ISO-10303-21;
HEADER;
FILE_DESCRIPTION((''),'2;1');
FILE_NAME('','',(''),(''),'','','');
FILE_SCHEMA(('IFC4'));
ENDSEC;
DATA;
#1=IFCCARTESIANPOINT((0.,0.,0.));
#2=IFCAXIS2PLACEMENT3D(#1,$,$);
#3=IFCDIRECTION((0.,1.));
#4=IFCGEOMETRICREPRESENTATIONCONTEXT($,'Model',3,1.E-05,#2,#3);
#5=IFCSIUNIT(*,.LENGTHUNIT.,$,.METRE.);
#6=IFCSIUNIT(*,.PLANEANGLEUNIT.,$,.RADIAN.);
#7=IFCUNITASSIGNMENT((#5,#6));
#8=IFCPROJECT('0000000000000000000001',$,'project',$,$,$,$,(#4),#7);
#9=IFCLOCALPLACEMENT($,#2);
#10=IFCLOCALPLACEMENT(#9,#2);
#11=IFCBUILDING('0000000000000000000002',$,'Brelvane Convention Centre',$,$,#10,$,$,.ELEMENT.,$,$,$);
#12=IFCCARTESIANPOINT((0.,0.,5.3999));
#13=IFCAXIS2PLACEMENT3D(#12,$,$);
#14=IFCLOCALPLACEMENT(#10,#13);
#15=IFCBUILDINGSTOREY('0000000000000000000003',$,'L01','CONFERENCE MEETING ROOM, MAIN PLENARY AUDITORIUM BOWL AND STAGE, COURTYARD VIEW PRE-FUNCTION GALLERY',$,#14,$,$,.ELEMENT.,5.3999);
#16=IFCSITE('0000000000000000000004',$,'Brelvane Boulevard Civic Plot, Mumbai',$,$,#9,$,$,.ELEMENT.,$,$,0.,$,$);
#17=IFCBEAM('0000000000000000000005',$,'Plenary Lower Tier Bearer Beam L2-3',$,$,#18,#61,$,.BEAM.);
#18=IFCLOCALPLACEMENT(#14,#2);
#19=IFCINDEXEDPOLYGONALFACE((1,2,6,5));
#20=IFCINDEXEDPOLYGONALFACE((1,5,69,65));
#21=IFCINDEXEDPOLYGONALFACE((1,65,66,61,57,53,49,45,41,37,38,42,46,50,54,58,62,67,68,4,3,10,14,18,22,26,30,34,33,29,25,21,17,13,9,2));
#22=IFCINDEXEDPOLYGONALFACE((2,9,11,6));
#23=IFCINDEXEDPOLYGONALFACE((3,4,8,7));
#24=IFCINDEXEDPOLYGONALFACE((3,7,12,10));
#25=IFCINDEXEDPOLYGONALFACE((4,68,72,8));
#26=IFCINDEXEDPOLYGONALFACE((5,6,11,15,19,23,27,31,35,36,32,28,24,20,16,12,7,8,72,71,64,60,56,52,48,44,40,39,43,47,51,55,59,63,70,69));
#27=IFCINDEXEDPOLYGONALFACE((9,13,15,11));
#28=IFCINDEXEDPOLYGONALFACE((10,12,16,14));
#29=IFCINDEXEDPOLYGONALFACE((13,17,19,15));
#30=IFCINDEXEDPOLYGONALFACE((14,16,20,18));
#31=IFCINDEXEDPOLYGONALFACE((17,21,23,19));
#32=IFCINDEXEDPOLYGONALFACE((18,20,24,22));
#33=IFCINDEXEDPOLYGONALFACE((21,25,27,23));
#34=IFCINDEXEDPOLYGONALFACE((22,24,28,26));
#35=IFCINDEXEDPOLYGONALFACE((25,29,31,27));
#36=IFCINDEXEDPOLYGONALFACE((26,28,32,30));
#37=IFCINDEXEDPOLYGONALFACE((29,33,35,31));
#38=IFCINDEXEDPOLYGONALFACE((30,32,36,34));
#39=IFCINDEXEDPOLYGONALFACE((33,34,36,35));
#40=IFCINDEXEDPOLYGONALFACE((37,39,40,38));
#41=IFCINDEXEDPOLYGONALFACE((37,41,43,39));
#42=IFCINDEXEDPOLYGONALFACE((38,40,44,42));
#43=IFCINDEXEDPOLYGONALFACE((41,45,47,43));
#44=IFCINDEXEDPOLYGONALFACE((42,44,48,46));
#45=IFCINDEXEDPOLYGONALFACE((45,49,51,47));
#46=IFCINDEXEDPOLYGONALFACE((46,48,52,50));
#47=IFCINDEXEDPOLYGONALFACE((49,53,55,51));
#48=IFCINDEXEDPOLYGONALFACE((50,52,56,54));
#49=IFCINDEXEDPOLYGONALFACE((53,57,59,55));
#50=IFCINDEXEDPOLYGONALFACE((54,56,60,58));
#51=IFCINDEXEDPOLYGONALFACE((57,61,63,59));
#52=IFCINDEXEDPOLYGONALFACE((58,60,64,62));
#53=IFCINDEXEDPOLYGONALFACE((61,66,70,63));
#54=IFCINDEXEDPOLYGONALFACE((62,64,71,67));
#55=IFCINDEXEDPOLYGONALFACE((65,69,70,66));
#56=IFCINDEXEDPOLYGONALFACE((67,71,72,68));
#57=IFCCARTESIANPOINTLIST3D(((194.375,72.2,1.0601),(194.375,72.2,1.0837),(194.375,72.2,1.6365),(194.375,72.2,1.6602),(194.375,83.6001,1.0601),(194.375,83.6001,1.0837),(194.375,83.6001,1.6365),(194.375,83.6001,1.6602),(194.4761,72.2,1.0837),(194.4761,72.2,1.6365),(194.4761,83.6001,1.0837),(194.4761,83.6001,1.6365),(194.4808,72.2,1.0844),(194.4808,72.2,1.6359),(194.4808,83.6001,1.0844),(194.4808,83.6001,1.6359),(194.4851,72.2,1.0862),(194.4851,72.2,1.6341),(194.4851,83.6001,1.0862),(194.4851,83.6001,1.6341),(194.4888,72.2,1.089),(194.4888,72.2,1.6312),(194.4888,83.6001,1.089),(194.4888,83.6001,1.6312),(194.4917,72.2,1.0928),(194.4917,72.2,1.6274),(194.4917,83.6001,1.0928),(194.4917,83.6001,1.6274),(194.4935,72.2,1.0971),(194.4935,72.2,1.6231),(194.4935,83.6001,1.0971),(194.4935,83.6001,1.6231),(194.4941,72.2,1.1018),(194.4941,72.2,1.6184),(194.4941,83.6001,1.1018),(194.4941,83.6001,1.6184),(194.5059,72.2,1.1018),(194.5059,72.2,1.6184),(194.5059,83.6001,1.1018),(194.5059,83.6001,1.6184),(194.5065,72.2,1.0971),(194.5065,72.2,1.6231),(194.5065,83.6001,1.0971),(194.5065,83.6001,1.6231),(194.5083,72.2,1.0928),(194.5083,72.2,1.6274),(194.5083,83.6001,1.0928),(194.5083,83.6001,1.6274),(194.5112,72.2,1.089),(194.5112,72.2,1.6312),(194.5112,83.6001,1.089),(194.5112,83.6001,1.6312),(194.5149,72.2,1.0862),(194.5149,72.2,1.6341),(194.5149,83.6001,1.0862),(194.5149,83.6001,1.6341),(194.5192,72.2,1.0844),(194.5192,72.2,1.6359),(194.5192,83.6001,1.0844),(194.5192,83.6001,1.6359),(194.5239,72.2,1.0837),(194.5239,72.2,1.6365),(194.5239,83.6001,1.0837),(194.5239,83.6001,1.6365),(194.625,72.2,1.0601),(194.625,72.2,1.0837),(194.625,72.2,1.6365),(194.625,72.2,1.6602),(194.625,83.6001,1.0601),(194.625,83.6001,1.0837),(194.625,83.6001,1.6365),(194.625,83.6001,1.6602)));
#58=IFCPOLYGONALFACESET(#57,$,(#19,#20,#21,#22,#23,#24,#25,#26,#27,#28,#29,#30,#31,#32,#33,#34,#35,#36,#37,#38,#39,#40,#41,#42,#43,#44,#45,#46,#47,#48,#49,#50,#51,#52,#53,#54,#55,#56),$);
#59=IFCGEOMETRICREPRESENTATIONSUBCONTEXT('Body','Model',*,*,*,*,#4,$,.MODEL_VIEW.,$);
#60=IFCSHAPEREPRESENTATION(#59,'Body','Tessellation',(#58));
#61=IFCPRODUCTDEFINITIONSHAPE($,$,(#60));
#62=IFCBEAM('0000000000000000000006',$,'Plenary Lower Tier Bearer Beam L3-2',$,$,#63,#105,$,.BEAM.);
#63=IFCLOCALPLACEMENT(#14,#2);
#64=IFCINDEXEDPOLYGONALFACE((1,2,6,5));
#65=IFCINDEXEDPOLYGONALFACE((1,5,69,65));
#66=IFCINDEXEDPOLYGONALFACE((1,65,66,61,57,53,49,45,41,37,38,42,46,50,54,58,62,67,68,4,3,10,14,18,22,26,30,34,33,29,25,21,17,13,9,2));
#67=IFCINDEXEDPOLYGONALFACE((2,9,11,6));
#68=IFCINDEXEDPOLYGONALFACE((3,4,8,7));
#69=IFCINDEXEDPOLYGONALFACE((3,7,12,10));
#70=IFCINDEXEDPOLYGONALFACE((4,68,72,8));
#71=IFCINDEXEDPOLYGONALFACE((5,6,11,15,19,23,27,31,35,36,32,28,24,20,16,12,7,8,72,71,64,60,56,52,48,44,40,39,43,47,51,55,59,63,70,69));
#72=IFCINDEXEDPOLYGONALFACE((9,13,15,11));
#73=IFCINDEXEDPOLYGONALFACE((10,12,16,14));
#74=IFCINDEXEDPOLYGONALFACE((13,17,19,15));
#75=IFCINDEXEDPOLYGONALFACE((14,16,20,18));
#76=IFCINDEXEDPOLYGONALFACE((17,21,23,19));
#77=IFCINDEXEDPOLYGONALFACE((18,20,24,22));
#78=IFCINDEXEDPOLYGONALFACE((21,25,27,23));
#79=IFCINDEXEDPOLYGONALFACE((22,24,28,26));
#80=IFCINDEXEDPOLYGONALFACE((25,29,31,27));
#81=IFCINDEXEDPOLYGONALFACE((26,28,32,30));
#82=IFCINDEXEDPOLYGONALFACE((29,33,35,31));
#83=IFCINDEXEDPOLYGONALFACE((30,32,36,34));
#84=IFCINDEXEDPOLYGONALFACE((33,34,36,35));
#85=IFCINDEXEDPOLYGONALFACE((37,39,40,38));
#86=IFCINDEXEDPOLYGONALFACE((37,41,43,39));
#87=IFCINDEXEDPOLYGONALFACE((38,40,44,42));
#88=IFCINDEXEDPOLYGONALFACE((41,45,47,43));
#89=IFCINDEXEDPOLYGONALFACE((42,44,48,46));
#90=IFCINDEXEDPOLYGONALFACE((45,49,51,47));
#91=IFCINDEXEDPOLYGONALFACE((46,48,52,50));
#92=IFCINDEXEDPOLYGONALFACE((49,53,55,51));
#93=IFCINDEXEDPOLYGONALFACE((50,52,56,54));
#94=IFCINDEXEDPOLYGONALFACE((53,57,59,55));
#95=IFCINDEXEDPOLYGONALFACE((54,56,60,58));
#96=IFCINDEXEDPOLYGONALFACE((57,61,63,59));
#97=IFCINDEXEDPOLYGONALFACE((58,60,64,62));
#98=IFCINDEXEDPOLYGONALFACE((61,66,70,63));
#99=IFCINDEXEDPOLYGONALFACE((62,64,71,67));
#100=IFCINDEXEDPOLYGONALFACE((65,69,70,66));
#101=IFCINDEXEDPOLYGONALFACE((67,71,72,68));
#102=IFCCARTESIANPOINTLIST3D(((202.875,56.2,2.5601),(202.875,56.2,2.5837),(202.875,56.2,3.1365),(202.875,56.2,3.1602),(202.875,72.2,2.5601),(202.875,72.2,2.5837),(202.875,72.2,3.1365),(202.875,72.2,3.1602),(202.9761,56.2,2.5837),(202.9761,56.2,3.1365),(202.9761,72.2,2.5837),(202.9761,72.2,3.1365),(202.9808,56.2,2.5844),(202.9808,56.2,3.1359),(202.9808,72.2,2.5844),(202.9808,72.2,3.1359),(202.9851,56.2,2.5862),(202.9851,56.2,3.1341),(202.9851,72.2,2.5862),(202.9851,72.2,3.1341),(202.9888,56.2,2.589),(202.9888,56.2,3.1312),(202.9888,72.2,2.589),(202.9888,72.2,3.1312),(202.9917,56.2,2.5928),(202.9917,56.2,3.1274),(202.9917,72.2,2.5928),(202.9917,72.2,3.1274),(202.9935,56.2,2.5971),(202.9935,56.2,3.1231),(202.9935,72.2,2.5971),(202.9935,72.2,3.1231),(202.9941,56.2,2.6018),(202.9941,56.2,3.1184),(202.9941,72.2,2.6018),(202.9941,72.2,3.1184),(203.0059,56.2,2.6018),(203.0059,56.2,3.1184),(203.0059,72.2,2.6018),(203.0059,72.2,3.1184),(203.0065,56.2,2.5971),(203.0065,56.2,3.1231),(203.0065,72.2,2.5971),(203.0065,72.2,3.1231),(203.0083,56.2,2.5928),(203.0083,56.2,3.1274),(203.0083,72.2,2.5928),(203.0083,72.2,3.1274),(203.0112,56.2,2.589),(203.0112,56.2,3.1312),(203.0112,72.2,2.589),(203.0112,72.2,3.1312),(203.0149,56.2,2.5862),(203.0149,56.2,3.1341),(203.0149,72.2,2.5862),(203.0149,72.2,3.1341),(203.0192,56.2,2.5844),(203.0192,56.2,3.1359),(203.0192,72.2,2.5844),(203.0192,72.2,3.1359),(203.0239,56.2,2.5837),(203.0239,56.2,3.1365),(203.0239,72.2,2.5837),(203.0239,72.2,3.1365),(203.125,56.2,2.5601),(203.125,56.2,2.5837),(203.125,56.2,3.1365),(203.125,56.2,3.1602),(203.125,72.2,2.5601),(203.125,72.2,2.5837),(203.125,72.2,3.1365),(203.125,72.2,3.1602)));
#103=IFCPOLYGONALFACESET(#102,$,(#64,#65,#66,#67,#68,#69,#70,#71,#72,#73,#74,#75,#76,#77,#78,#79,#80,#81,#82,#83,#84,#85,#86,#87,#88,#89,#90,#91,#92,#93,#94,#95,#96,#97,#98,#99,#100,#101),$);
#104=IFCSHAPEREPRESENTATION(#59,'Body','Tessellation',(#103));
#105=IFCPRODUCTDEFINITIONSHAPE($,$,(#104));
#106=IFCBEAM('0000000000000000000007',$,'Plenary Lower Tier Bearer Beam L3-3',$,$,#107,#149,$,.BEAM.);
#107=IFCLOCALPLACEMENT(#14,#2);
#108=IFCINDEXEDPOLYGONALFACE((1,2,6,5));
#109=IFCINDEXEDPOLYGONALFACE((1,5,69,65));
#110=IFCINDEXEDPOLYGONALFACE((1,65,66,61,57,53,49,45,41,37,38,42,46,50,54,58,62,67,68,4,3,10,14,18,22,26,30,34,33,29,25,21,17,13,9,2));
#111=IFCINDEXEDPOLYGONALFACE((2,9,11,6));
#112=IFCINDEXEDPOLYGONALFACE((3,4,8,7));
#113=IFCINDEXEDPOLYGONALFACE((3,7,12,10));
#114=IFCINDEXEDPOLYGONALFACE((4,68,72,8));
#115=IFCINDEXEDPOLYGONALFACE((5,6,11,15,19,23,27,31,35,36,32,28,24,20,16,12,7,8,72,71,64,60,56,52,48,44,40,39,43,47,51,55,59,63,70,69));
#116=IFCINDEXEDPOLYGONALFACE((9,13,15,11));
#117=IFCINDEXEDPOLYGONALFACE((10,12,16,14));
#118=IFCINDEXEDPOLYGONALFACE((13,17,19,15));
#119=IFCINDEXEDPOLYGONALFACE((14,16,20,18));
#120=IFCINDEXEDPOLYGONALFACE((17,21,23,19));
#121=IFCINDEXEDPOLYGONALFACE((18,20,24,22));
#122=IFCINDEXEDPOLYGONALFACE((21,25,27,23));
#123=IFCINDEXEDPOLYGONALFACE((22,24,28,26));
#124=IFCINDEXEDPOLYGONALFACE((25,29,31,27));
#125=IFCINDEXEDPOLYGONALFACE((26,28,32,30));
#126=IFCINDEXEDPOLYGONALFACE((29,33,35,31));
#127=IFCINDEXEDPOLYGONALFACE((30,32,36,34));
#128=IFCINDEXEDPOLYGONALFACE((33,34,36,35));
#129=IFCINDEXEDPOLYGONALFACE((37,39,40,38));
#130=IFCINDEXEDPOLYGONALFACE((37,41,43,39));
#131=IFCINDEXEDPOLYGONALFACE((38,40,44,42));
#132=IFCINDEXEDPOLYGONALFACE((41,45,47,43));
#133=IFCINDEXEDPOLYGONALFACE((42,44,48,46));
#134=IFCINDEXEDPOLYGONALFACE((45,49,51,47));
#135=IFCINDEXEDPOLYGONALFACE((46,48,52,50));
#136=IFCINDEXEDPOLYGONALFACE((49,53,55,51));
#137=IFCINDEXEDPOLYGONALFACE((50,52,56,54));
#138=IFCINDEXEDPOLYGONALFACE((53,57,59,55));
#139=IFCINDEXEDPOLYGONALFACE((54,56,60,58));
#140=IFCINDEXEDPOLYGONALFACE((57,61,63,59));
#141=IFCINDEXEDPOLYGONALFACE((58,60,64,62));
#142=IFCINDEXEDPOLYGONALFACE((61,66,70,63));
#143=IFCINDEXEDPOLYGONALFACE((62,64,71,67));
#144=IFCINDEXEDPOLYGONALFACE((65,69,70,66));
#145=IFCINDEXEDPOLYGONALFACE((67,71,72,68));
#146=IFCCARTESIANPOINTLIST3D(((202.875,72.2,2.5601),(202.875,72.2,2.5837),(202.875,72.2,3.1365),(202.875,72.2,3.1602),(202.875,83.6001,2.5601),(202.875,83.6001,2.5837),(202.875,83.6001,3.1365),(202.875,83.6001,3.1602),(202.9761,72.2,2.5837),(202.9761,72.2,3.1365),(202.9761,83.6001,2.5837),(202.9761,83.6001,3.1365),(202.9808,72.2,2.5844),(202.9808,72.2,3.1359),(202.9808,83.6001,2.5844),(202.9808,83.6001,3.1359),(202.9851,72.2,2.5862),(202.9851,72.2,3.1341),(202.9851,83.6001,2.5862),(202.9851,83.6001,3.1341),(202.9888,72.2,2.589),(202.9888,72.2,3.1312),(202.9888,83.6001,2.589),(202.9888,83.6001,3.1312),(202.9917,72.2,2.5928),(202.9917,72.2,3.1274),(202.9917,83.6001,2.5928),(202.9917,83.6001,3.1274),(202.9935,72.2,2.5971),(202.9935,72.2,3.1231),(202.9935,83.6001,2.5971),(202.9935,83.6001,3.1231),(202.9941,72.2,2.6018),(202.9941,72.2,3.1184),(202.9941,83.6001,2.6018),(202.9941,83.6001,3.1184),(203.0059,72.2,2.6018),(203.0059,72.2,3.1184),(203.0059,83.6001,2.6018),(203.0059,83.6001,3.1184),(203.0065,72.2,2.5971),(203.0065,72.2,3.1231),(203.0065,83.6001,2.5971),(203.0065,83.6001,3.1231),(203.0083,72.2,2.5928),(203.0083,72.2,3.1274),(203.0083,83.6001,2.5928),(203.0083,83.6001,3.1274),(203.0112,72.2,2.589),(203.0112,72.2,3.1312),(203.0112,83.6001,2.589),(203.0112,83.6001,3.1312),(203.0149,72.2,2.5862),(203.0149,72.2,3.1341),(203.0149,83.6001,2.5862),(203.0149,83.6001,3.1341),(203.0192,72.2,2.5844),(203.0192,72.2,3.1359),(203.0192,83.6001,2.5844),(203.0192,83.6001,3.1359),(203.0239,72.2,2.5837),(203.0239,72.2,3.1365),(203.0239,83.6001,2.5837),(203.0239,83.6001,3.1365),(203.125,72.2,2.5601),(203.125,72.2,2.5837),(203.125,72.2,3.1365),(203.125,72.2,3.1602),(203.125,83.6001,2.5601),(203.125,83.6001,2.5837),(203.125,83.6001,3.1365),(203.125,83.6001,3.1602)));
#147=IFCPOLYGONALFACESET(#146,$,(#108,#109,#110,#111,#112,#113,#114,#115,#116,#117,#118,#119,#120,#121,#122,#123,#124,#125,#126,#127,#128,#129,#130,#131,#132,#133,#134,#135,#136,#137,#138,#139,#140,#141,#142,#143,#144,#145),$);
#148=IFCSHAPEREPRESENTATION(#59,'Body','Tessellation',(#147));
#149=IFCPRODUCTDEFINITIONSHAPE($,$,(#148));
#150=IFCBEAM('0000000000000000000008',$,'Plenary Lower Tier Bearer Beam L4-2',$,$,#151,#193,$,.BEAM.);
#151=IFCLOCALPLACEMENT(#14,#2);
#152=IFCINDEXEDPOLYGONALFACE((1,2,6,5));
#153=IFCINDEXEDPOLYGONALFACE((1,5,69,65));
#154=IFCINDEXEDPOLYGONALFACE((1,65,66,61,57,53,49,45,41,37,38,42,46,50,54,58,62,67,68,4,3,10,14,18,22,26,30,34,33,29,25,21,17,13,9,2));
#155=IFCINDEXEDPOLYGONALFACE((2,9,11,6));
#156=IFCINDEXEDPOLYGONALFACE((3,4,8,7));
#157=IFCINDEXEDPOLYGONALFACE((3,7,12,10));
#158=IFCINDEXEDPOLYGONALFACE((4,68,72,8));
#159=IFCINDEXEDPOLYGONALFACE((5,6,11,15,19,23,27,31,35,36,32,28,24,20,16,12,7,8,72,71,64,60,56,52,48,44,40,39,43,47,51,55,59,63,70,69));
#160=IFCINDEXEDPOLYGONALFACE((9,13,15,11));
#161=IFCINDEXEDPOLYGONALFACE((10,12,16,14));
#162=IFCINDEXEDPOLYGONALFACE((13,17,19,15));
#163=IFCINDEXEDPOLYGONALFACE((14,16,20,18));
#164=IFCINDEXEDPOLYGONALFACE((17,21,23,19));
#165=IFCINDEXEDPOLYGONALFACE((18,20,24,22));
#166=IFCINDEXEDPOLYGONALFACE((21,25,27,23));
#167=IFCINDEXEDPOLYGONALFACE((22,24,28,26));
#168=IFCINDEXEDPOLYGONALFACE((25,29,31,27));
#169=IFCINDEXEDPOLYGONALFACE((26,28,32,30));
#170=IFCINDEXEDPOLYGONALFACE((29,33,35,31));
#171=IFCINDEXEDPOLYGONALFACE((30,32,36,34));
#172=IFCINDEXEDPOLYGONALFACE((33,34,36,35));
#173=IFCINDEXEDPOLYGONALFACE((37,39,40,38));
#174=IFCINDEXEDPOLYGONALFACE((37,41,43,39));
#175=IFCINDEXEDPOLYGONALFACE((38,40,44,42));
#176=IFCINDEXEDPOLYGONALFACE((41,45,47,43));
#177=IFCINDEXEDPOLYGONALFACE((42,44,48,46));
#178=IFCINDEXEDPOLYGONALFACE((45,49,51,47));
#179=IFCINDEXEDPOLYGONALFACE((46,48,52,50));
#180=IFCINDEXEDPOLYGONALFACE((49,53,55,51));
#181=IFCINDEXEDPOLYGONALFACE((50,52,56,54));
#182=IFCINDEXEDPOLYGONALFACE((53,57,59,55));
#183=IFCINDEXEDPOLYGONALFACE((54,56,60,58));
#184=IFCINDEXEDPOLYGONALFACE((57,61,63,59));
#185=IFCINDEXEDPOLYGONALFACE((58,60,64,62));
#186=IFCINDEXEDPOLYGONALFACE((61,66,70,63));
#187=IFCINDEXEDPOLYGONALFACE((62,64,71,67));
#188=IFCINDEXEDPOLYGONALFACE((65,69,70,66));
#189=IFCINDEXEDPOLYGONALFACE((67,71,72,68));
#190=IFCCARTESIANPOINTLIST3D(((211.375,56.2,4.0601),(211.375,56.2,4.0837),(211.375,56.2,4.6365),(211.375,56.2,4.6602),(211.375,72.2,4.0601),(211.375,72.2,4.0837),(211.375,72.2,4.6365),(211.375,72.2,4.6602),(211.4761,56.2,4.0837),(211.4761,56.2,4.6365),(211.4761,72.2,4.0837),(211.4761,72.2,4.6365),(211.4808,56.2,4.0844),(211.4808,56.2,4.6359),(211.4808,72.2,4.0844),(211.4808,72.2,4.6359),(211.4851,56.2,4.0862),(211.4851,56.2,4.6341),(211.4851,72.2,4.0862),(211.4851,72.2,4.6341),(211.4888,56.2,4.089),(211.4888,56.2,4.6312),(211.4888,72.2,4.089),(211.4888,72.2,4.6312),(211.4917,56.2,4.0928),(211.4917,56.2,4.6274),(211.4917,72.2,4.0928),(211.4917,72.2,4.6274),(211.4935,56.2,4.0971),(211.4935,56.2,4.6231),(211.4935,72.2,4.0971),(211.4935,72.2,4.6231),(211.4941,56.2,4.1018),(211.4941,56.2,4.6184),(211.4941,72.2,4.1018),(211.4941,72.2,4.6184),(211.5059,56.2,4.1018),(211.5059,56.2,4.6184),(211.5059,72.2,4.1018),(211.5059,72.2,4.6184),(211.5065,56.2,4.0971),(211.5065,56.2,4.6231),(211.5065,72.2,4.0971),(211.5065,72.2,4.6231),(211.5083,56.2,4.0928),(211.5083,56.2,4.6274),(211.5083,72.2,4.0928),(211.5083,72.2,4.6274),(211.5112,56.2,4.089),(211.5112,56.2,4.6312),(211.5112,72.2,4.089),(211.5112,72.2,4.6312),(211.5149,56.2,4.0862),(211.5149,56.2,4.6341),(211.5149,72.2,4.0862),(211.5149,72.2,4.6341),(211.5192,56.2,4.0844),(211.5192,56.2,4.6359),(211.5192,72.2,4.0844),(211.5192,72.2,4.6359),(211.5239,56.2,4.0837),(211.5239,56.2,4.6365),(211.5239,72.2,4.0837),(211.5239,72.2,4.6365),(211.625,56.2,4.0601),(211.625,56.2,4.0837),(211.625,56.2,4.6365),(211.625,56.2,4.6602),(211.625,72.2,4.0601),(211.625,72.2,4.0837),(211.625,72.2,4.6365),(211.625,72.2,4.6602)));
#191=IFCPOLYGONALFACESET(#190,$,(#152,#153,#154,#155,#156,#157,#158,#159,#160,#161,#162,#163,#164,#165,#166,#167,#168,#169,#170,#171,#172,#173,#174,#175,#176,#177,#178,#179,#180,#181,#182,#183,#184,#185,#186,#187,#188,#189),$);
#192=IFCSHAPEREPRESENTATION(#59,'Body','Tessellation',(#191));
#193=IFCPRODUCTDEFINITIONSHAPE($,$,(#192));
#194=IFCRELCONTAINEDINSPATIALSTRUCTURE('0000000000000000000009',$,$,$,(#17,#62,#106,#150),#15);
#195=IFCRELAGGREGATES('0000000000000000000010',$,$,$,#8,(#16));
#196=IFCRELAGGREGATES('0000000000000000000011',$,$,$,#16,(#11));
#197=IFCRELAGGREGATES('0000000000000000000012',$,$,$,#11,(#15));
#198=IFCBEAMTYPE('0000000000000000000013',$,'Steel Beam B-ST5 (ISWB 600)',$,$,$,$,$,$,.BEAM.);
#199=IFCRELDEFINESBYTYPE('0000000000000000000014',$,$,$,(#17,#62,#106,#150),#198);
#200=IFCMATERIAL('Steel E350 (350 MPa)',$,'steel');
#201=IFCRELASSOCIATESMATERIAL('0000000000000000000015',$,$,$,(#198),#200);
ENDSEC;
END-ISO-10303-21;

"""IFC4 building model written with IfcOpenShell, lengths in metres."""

from ifc_helpers import new_model, si_unit, direction, frame, origin, origin_2d, place, context, subcontext, project, spatial, i_section, extrude, material, material_profile, profile_set, type_object, element, save


model = new_model("IFC4")

# Units and contexts
model_context = context("Model", 3, precision=1e-05, world=origin(), true_north=direction((0.0, 1.0)))
body_context = subcontext(model_context, "Body", "Model", "MODEL_VIEW")
ifc_project = project(units=[si_unit("LENGTHUNIT", "METRE"), si_unit("PLANEANGLEUNIT", "RADIAN")], contexts=[model_context])

# Site, building, storey
site_placement = place(None, origin())
site = spatial("IfcSite", under=ifc_project, at=site_placement, Name="Brelvane Boulevard Civic Plot, Mumbai", CompositionType="ELEMENT", RefElevation=0.0)
building_placement = place(site_placement, origin())
building = spatial("IfcBuilding", under=site, at=building_placement, Name="Brelvane Convention Centre", CompositionType="ELEMENT")
storey_placement = place(building_placement, frame((0.0, 0.0, 5.3999)))
storey = spatial("IfcBuildingStorey", under=building, at=storey_placement, Name="L01", Description="CONFERENCE MEETING ROOM, MAIN PLENARY AUDITORIUM BOWL AND STAGE, COURTYARD VIEW PRE-FUNCTION GALLERY", CompositionType="ELEMENT", Elevation=5.3999)

# Beams
ifc_material_1 = material(Name="Steel E350 (350 MPa)", Category="steel")
ifc_material_profile_1 = material_profile(ifc_material_1, i_section(OverallWidth=0.25, OverallDepth=0.6001, WebThickness=0.0117, FlangeThickness=0.0237, FilletRadius=0.0181, at=origin_2d()), Name="ISWB 600")
ifc_profile_set_1 = profile_set([ifc_material_profile_1], Name="Steel E350 (350 MPa)")
beam_type_1 = type_object("IfcBeamType", Name="Steel Beam B-ST5 (ISWB 600)", PredefinedType="BEAM", material=ifc_profile_set_1)
beam_1_placement = place(storey_placement, frame((194.5, 72.2, 1.3601), z_axis=(0.0, 1.0, 0.0), x_axis=(-1.0, 0.0, 0.0)))
element("IfcBeam", 1, at=beam_1_placement, inside=storey, type_object=beam_type_1, Name="Plenary Lower Tier Bearer Beam L2-3", PredefinedType="BEAM", context=body_context, shape_type="SweptSolid", body=[
    extrude(i_section(OverallWidth=0.25, OverallDepth=0.6001, WebThickness=0.0117, FlangeThickness=0.0237, FilletRadius=0.0181, at=origin_2d()), origin(), (0.0, 0.0, 1.0), 11.4001),
])
beam_2_placement = place(storey_placement, frame((203.0, 56.2, 2.8601), z_axis=(0.0, 1.0, 0.0), x_axis=(-1.0, 0.0, 0.0)))
element("IfcBeam", 2, at=beam_2_placement, inside=storey, type_object=beam_type_1, Name="Plenary Lower Tier Bearer Beam L3-2", PredefinedType="BEAM", context=body_context, shape_type="SweptSolid", body=[
    extrude(i_section(OverallWidth=0.25, OverallDepth=0.6001, WebThickness=0.0117, FlangeThickness=0.0237, FilletRadius=0.0181, at=origin_2d()), origin(), (0.0, 0.0, 1.0), 16.0),
])
beam_3_placement = place(storey_placement, frame((203.0, 72.2, 2.8601), z_axis=(0.0, 1.0, 0.0), x_axis=(-1.0, 0.0, 0.0)))
element("IfcBeam", 3, at=beam_3_placement, inside=storey, type_object=beam_type_1, Name="Plenary Lower Tier Bearer Beam L3-3", PredefinedType="BEAM", context=body_context, shape_type="SweptSolid", body=[
    extrude(i_section(OverallWidth=0.25, OverallDepth=0.6001, WebThickness=0.0117, FlangeThickness=0.0237, FilletRadius=0.0181, at=origin_2d()), origin(), (0.0, 0.0, 1.0), 11.4001),
])
beam_4_placement = place(storey_placement, frame((211.5, 56.2, 4.3601), z_axis=(0.0, 1.0, 0.0), x_axis=(-1.0, 0.0, 0.0)))
element("IfcBeam", 4, at=beam_4_placement, inside=storey, type_object=beam_type_1, Name="Plenary Lower Tier Bearer Beam L4-2", PredefinedType="BEAM", context=body_context, shape_type="SweptSolid", body=[
    extrude(i_section(OverallWidth=0.25, OverallDepth=0.6001, WebThickness=0.0117, FlangeThickness=0.0237, FilletRadius=0.0181, at=origin_2d()), origin(), (0.0, 0.0, 1.0), 16.0),
])

save(model, "model.ifc")
